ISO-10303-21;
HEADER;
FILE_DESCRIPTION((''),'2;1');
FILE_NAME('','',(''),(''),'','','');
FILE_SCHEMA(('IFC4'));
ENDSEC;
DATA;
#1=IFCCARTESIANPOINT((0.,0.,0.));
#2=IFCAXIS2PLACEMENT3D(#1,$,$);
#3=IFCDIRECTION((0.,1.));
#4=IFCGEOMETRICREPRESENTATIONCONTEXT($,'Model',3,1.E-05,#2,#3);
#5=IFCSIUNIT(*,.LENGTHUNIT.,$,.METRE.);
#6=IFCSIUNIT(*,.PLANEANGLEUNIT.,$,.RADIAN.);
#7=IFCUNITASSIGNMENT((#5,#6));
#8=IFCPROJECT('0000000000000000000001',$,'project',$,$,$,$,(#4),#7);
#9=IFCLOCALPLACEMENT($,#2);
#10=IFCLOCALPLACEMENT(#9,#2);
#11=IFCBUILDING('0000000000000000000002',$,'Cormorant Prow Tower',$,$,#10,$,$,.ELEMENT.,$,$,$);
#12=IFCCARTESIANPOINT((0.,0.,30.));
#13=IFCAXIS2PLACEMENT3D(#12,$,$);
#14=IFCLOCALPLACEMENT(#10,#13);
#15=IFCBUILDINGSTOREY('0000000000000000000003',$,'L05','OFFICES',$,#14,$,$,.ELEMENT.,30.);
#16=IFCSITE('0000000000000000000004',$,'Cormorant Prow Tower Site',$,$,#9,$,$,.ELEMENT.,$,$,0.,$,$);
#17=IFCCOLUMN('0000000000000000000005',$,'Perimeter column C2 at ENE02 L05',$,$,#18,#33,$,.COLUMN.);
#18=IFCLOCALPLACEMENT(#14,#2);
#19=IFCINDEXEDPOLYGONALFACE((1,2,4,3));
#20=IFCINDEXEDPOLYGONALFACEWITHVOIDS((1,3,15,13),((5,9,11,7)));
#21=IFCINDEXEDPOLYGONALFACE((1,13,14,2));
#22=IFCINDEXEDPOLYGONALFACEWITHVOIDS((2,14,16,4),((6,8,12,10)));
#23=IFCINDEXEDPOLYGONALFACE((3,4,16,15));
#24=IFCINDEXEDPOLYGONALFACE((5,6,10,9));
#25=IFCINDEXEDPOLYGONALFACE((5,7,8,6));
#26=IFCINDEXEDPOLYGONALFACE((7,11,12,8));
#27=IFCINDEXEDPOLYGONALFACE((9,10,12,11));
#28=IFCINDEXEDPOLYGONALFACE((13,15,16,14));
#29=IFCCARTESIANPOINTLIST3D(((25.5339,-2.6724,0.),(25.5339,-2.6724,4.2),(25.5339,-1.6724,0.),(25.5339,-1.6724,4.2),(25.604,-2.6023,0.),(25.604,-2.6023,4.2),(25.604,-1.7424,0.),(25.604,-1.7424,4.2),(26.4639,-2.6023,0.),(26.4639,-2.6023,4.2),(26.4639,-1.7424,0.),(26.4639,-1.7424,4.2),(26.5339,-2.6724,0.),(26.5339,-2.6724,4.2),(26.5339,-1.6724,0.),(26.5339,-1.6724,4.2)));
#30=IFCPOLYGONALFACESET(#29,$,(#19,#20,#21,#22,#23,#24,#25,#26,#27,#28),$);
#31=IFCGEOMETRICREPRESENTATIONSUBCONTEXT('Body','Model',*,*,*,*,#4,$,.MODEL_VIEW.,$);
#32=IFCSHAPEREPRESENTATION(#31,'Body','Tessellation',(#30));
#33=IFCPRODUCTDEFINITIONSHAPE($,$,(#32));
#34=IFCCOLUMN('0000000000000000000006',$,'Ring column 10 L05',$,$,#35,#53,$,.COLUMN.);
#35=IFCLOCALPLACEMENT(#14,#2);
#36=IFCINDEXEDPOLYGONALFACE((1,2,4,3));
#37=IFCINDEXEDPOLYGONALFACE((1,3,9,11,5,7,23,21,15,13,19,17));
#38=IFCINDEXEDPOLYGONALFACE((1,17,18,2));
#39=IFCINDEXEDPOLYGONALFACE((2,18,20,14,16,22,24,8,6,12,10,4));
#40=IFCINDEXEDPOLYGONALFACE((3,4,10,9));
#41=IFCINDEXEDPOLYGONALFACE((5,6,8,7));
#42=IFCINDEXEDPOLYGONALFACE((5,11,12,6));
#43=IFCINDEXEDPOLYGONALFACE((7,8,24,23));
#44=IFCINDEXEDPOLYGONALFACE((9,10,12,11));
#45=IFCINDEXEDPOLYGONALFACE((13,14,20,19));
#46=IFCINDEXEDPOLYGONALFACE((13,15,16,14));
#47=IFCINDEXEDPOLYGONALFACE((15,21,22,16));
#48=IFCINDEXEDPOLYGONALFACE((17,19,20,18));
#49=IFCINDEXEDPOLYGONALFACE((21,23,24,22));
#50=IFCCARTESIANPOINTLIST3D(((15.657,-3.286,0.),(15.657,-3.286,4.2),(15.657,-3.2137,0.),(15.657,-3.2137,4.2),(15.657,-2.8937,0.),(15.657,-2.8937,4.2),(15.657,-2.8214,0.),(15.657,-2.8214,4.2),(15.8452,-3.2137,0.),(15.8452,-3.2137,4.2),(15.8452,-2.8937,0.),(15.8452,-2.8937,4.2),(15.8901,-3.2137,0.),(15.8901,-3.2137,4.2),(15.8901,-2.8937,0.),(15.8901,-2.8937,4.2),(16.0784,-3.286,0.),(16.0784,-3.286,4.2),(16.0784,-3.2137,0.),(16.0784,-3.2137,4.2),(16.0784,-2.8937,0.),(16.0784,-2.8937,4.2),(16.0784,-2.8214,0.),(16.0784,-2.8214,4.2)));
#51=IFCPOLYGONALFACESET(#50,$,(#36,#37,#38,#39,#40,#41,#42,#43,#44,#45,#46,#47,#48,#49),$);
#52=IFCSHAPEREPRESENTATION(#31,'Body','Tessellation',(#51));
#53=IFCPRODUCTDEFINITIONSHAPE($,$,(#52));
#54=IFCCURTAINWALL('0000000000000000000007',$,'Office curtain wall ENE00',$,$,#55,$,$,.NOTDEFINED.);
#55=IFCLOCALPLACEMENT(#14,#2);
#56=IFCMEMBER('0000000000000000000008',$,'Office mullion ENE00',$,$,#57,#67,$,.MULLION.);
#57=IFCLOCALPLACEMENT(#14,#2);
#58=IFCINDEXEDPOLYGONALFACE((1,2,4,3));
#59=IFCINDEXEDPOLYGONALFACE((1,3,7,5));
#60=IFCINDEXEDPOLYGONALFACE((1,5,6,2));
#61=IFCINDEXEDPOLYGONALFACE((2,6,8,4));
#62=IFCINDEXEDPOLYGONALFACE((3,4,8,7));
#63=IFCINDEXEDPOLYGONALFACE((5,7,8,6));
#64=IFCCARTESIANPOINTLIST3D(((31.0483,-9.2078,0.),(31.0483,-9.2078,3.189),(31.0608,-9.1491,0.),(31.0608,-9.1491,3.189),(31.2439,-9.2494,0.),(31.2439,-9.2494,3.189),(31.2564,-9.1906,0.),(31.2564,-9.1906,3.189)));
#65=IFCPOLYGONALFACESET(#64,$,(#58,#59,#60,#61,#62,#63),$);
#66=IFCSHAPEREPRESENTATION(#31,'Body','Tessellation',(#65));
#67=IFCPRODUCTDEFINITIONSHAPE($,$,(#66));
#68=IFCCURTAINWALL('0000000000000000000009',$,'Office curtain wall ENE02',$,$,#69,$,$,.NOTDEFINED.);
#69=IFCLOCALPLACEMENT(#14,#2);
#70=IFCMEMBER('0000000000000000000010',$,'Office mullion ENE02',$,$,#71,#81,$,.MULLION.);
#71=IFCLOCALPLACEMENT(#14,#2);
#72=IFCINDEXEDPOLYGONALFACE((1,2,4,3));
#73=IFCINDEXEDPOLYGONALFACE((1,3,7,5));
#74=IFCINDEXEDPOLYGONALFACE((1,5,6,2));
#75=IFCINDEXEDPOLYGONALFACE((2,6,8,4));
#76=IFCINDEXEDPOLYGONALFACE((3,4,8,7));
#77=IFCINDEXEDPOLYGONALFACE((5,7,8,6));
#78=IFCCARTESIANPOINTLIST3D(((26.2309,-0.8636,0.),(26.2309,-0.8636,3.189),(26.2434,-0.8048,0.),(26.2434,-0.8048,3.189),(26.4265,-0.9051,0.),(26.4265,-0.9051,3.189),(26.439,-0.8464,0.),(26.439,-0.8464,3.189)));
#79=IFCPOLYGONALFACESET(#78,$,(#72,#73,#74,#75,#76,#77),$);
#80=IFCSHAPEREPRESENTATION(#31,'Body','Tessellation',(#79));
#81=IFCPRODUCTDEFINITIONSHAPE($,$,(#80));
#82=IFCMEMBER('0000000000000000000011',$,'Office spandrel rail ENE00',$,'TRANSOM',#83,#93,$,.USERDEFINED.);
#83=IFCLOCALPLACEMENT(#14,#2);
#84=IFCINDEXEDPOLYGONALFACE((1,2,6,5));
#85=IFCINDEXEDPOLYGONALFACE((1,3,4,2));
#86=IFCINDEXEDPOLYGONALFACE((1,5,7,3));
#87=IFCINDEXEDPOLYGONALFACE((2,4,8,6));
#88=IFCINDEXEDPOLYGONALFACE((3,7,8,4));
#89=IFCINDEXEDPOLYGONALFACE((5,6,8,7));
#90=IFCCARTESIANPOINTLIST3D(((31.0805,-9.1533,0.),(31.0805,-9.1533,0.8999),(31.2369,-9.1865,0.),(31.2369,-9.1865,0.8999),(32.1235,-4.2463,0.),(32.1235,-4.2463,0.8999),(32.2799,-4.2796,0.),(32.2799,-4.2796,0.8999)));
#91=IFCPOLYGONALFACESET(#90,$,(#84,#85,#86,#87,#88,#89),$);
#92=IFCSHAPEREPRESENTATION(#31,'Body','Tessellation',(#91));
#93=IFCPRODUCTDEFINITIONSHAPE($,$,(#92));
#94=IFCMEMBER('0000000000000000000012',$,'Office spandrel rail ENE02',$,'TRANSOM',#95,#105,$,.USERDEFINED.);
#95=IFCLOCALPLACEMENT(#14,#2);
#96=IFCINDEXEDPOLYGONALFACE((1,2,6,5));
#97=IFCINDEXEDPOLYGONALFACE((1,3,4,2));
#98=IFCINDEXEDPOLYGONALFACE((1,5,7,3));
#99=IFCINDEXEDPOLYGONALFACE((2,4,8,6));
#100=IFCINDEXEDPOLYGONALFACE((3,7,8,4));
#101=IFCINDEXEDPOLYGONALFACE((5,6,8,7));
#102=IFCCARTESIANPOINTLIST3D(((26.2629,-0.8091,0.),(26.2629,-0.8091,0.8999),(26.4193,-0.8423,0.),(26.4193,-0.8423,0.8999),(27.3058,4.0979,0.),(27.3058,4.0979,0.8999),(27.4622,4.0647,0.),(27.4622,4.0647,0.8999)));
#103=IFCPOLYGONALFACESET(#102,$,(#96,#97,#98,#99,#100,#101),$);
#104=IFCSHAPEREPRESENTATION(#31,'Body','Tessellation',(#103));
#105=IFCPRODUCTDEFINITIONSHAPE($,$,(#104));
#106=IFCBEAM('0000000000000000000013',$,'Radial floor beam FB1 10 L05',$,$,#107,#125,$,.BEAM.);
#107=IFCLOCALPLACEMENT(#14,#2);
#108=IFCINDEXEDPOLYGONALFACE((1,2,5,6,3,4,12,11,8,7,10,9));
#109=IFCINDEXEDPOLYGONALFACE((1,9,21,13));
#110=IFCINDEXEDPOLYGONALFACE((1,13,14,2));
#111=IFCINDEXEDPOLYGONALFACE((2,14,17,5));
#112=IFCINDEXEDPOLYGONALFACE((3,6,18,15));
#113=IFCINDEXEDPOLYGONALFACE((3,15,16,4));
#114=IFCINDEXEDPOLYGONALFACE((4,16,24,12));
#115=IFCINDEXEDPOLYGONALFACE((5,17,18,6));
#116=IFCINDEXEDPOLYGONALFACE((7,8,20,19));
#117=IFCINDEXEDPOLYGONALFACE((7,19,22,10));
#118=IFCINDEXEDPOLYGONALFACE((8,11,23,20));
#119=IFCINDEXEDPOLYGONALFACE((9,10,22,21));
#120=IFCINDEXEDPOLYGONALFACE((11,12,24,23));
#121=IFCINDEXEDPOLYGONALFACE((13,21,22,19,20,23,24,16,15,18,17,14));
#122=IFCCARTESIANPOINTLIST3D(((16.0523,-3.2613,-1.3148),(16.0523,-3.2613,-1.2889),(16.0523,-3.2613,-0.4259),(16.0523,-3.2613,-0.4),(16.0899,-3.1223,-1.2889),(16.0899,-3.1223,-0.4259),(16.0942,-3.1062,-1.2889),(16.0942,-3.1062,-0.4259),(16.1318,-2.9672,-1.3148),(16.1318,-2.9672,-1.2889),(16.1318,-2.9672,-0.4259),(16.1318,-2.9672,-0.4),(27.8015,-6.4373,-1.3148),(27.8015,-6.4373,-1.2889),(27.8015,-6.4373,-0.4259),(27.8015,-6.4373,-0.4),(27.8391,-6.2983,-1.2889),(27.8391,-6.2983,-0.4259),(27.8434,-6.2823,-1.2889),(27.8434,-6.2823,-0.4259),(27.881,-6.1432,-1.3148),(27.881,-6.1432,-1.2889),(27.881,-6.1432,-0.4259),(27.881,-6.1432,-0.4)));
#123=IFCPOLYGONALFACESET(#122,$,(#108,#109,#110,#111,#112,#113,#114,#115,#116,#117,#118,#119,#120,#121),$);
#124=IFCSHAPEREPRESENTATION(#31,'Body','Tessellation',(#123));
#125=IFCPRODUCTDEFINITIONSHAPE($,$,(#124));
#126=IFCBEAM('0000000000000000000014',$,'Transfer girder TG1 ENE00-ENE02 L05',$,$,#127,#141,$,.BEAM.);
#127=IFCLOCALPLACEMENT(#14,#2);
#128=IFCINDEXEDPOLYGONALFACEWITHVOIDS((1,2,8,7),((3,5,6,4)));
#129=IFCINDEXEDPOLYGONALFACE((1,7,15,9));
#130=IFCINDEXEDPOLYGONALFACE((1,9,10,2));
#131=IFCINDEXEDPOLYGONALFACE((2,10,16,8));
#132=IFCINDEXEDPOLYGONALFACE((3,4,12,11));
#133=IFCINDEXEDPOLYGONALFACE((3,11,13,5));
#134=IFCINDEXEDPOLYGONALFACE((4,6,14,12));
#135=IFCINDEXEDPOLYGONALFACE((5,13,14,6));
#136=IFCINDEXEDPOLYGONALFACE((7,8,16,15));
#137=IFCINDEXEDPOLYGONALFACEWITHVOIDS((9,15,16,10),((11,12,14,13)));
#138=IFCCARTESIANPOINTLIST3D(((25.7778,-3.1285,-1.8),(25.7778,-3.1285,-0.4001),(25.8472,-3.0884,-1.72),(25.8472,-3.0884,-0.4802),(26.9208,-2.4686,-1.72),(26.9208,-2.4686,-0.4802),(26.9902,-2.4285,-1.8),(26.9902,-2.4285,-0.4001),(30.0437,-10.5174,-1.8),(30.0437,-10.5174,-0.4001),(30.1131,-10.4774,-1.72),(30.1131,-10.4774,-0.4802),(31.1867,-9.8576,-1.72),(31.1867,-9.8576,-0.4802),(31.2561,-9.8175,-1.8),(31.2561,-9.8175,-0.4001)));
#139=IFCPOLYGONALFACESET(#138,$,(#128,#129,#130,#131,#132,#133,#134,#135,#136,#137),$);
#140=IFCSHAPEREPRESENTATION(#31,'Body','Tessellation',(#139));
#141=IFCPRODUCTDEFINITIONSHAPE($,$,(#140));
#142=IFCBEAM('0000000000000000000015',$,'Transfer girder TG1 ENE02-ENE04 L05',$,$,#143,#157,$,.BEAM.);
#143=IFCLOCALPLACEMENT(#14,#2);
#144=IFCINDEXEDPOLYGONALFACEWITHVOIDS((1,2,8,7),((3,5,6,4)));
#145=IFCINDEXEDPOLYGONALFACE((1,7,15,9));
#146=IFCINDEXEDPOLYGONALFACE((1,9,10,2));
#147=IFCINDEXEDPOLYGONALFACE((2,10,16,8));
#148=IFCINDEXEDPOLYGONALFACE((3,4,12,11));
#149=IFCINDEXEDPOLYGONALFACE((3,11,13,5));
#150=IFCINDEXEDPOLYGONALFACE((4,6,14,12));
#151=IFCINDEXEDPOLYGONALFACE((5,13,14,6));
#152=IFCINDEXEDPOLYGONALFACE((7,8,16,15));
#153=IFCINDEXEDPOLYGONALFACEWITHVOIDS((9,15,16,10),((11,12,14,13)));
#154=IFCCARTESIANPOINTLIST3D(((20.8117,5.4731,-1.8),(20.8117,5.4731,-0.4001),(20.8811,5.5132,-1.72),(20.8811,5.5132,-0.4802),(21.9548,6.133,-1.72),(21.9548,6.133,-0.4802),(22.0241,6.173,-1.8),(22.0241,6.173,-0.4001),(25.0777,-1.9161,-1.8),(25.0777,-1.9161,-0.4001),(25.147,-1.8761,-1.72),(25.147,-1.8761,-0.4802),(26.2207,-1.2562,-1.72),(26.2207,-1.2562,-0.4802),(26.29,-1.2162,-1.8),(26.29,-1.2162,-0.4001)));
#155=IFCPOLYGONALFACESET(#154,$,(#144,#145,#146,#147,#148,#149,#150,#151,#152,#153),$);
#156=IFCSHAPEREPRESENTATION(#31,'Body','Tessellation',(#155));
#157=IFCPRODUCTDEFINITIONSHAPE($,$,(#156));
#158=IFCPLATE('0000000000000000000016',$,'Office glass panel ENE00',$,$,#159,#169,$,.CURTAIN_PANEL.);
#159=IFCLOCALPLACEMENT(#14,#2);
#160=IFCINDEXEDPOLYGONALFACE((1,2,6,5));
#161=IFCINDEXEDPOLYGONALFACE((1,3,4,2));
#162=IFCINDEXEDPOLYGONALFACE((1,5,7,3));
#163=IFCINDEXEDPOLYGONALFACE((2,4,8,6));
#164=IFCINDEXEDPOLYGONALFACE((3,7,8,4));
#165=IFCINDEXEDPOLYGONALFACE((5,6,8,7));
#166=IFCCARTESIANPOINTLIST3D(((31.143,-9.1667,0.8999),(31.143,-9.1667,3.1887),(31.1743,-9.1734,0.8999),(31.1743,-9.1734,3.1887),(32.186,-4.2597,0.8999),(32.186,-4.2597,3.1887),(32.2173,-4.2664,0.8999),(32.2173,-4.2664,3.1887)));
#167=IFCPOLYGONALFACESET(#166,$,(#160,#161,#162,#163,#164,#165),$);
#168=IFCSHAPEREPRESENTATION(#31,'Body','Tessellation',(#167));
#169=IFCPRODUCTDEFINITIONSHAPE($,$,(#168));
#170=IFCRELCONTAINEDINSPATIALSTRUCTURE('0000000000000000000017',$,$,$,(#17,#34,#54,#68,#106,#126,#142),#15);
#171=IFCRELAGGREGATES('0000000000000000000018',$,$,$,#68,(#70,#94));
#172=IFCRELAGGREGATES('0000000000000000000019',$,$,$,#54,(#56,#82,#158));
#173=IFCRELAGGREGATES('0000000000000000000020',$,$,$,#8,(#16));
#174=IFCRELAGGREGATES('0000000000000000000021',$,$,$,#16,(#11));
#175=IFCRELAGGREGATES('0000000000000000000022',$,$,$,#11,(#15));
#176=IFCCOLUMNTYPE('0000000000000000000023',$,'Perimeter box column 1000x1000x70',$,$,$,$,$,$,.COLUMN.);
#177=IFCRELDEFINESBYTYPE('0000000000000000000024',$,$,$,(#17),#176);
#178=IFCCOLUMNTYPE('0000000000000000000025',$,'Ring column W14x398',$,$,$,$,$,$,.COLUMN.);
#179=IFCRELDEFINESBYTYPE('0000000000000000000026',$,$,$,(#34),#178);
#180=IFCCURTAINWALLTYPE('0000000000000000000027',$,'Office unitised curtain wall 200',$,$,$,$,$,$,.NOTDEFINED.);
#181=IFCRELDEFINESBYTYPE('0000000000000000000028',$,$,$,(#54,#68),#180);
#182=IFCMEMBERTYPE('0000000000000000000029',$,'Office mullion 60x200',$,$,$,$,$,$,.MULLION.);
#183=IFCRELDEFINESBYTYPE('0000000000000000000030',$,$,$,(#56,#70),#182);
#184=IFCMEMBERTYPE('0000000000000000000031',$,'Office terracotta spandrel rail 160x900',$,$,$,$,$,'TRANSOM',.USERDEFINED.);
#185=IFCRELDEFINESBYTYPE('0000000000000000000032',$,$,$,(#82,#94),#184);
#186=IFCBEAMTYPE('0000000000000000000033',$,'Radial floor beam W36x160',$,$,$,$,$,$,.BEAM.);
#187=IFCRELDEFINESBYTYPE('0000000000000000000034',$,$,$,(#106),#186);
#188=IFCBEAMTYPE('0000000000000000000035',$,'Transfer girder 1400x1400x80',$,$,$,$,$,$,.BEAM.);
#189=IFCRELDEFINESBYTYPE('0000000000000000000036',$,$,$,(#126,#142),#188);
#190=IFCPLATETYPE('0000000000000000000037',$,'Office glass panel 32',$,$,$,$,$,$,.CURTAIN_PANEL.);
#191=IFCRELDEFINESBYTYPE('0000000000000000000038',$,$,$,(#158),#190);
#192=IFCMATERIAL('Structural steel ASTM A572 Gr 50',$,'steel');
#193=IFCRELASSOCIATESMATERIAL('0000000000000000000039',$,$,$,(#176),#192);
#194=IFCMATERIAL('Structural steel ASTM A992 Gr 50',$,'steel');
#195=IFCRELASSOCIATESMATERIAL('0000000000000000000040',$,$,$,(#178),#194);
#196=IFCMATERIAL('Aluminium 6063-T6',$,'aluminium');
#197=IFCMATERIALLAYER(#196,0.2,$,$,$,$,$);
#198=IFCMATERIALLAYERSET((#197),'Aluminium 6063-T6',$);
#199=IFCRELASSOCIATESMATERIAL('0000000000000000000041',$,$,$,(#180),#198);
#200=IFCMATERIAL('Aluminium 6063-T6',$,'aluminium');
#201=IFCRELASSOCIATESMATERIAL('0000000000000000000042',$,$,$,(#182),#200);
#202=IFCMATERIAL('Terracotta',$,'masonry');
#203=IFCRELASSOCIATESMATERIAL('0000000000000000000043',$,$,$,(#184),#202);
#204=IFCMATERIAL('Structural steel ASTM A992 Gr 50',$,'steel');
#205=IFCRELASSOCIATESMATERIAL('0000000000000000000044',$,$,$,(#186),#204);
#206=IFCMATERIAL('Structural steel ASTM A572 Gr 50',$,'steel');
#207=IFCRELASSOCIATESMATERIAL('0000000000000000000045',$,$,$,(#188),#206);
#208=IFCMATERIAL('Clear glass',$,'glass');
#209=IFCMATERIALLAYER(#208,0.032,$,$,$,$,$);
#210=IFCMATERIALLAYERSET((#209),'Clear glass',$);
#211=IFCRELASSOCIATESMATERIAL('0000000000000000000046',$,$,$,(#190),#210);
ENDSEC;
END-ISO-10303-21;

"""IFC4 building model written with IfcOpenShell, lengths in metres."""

from ifc_helpers import new_model, si_unit, direction, frame, origin, origin_2d, place, context, subcontext, project, spatial, rectangle, hollow_rectangle, i_section, extrude, material, layer, layer_set, material_profile, profile_set, type_object, element, aggregate, save


model = new_model("IFC4")

# Units and contexts
model_context = context("Model", 3, precision=1e-05, world=origin(), true_north=direction((0.0, 1.0)))
body_context = subcontext(model_context, "Body", "Model", "MODEL_VIEW")
ifc_project = project(units=[si_unit("LENGTHUNIT", "METRE"), si_unit("PLANEANGLEUNIT", "RADIAN")], contexts=[model_context])

# Site, building, storey
site_placement = place(None, origin())
site = spatial("IfcSite", under=ifc_project, at=site_placement, Name="Cormorant Prow Tower Site", CompositionType="ELEMENT", RefElevation=0.0)
building_placement = place(site_placement, origin())
building = spatial("IfcBuilding", under=site, at=building_placement, Name="Cormorant Prow Tower", CompositionType="ELEMENT")
storey_placement = place(building_placement, frame((0.0, 0.0, 30.0)))
storey = spatial("IfcBuildingStorey", under=building, at=storey_placement, Name="L05", Description="OFFICES", CompositionType="ELEMENT", Elevation=30.0)

# Columns
ifc_material_1 = material(Name="Structural steel ASTM A572 Gr 50", Category="steel")
ifc_material_profile_1 = material_profile(ifc_material_1, hollow_rectangle(XDim=1.0, YDim=1.0, WallThickness=0.0701, at=origin_2d()), Name="Box 1000x1000x70")
ifc_profile_set_1 = profile_set([ifc_material_profile_1], Name="Structural steel ASTM A572 Gr 50")
column_type_1 = type_object("IfcColumnType", Name="Perimeter box column 1000x1000x70", PredefinedType="COLUMN", material=ifc_profile_set_1)
column_1_placement = place(storey_placement, frame((26.0339, -2.1724, 0.0), z_axis=(0.0, 0.0, 1.0), x_axis=(1.0, 0.0, 0.0)))
element("IfcColumn", 1, at=column_1_placement, inside=storey, type_object=column_type_1, Name="Perimeter column C2 at ENE02 L05", PredefinedType="COLUMN", context=body_context, shape_type="SweptSolid", body=[
    extrude(hollow_rectangle(XDim=1.0, YDim=1.0, WallThickness=0.0701, at=origin_2d()), origin(), (0.0, 0.0, 1.0), 4.2),
])
ifc_material_2 = material(Name="Structural steel ASTM A992 Gr 50", Category="steel")
ifc_material_profile_2 = material_profile(ifc_material_2, i_section(OverallWidth=0.4214, OverallDepth=0.4646, WebThickness=0.0449, FlangeThickness=0.0723, at=origin_2d()), Name="W14x398")
ifc_profile_set_2 = profile_set([ifc_material_profile_2], Name="Structural steel ASTM A992 Gr 50")
column_type_2 = type_object("IfcColumnType", Name="Ring column W14x398", PredefinedType="COLUMN", material=ifc_profile_set_2)
column_2_placement = place(storey_placement, frame((15.8677, -3.0537, 0.0), z_axis=(0.0, 0.0, 1.0), x_axis=(1.0, 0.0, 0.0)))
element("IfcColumn", 2, at=column_2_placement, inside=storey, type_object=column_type_2, Name="Ring column 10 L05", PredefinedType="COLUMN", context=body_context, shape_type="SweptSolid", body=[
    extrude(i_section(OverallWidth=0.4214, OverallDepth=0.4646, WebThickness=0.0449, FlangeThickness=0.0723, at=origin_2d()), origin(), (0.0, 0.0, 1.0), 4.2),
])

# Curtain walls, members
ifc_material_3 = material(Name="Aluminium 6063-T6", Category="aluminium")
ifc_layer_1 = layer(ifc_material_3, 0.2)
ifc_layer_set_1 = layer_set([ifc_layer_1], Name="Aluminium 6063-T6")
curtain_wall_type = type_object("IfcCurtainWallType", Name="Office unitised curtain wall 200", PredefinedType="NOTDEFINED", material=ifc_layer_set_1)
curtain_wall_1_placement = place(storey_placement, origin())
curtain_wall_1 = element("IfcCurtainWall", 3, at=curtain_wall_1_placement, inside=storey, type_object=curtain_wall_type, Name="Office curtain wall ENE00", PredefinedType="NOTDEFINED")
ifc_material_4 = material(Name="Aluminium 6063-T6", Category="aluminium")
ifc_material_profile_3 = material_profile(ifc_material_4, rectangle(XDim=0.2, YDim=0.0601, at=origin_2d()), Name="Office mullion 60x200")
ifc_profile_set_3 = profile_set([ifc_material_profile_3], Name="Aluminium 6063-T6")
member_type_1 = type_object("IfcMemberType", Name="Office mullion 60x200", PredefinedType="MULLION", material=ifc_profile_set_3)
member_1_placement = place(storey_placement, frame((31.1523, -9.1992, 0.0), z_axis=(0.0, 0.0, 1.0), x_axis=(-0.978148, 0.207912, 0.0)))
member_1 = element("IfcMember", 4, at=member_1_placement, type_object=member_type_1, Name="Office mullion ENE00", PredefinedType="MULLION", context=body_context, shape_type="SweptSolid", body=[
    extrude(rectangle(XDim=0.2, YDim=0.0601, at=origin_2d()), origin(), (0.0, 0.0, 1.0), 3.189),
])
curtain_wall_2_placement = place(storey_placement, origin())
curtain_wall_2 = element("IfcCurtainWall", 5, at=curtain_wall_2_placement, inside=storey, type_object=curtain_wall_type, Name="Office curtain wall ENE02", PredefinedType="NOTDEFINED")
member_2_placement = place(storey_placement, frame((26.335, -0.855, 0.0), z_axis=(0.0, 0.0, 1.0), x_axis=(-0.978148, 0.207912, 0.0)))
member_2 = element("IfcMember", 6, at=member_2_placement, type_object=member_type_1, Name="Office mullion ENE02", PredefinedType="MULLION", context=body_context, shape_type="SweptSolid", body=[
    extrude(rectangle(XDim=0.2, YDim=0.0601, at=origin_2d()), origin(), (0.0, 0.0, 1.0), 3.189),
])

# Members
ifc_material_5 = material(Name="Terracotta", Category="masonry")
ifc_material_profile_4 = material_profile(ifc_material_5, rectangle(XDim=0.1599, YDim=0.8999, at=origin_2d()), Name="Office terracotta spandrel rail 160x900")
ifc_profile_set_4 = profile_set([ifc_material_profile_4], Name="Terracotta")
member_type_2 = type_object("IfcMemberType", Name="Office terracotta spandrel rail 160x900", ElementType="TRANSOM", PredefinedType="USERDEFINED", material=ifc_profile_set_4)
member_3_placement = place(storey_placement, frame((31.1587, -9.1699, 0.45), z_axis=(0.207904, 0.978149, 0.0), x_axis=(-0.978149, 0.207904, 0.0)))
member_3 = element("IfcMember", 7, at=member_3_placement, type_object=member_type_2, Name="Office spandrel rail ENE00", ObjectType="TRANSOM", PredefinedType="USERDEFINED", context=body_context, shape_type="SweptSolid", body=[
    extrude(rectangle(XDim=0.1599, YDim=0.8999, at=origin_2d()), origin(), (0.0, 0.0, 1.0), 5.0166),
])
member_4_placement = place(storey_placement, frame((26.3411, -0.8257, 0.45), z_axis=(0.207904, 0.978149, 0.0), x_axis=(-0.978149, 0.207904, 0.0)))
member_4 = element("IfcMember", 8, at=member_4_placement, type_object=member_type_2, Name="Office spandrel rail ENE02", ObjectType="TRANSOM", PredefinedType="USERDEFINED", context=body_context, shape_type="SweptSolid", body=[
    extrude(rectangle(XDim=0.1599, YDim=0.8999, at=origin_2d()), origin(), (0.0, 0.0, 1.0), 5.0166),
])
aggregate(curtain_wall_2, [member_2, member_4])

# Beams
ifc_material_6 = material(Name="Structural steel ASTM A992 Gr 50", Category="steel")
ifc_material_profile_5 = material_profile(ifc_material_6, i_section(OverallWidth=0.3047, OverallDepth=0.9148, WebThickness=0.0166, FlangeThickness=0.0259, at=origin_2d()), Name="W36x160")
ifc_profile_set_5 = profile_set([ifc_material_profile_5], Name="Structural steel ASTM A992 Gr 50")
beam_type_1 = type_object("IfcBeamType", Name="Radial floor beam W36x160", PredefinedType="BEAM", material=ifc_profile_set_5)
beam_1_placement = place(storey_placement, frame((16.092, -3.1143, -0.8574), z_axis=(0.965352, -0.260951, 0.0), x_axis=(0.260951, 0.965352, 0.0)))
element("IfcBeam", 9, at=beam_1_placement, inside=storey, type_object=beam_type_1, Name="Radial floor beam FB1 10 L05", PredefinedType="BEAM", context=body_context, shape_type="SweptSolid", body=[
    extrude(i_section(OverallWidth=0.3047, OverallDepth=0.9148, WebThickness=0.0166, FlangeThickness=0.0259, at=origin_2d()), origin(), (0.0, 0.0, 1.0), 12.1709),
])
ifc_material_7 = material(Name="Structural steel ASTM A572 Gr 50", Category="steel")
ifc_material_profile_6 = material_profile(ifc_material_7, hollow_rectangle(XDim=1.3999, YDim=1.3999, WallThickness=0.0801, at=origin_2d()), Name="Box 1400x1400x80")
ifc_profile_set_6 = profile_set([ifc_material_profile_6], Name="Structural steel ASTM A572 Gr 50")
beam_type_2 = type_object("IfcBeamType", Name="Transfer girder 1400x1400x80", PredefinedType="BEAM", material=ifc_profile_set_6)
beam_2_placement = place(storey_placement, frame((30.6499, -10.1675, -1.1001), z_axis=(-0.499989, 0.866032, 0.0), x_axis=(-0.866032, -0.499989, 0.0)))
element("IfcBeam", 10, at=beam_2_placement, inside=storey, type_object=beam_type_2, Name="Transfer girder TG1 ENE00-ENE02 L05", PredefinedType="BEAM", context=body_context, shape_type="SweptSolid", body=[
    extrude(hollow_rectangle(XDim=1.3999, YDim=1.3999, WallThickness=0.0801, at=origin_2d()), origin(), (0.0, 0.0, 1.0), 8.532),
])
beam_3_placement = place(storey_placement, frame((25.6838, -1.5662, -1.1001), z_axis=(-0.499977, 0.866039, 0.0), x_axis=(-0.866039, -0.499977, 0.0)))
element("IfcBeam", 11, at=beam_3_placement, inside=storey, type_object=beam_type_2, Name="Transfer girder TG1 ENE02-ENE04 L05", PredefinedType="BEAM", context=body_context, shape_type="SweptSolid", body=[
    extrude(hollow_rectangle(XDim=1.3999, YDim=1.3999, WallThickness=0.0801, at=origin_2d()), origin(), (0.0, 0.0, 1.0), 8.5322),
])

# Plate
ifc_material_8 = material(Name="Clear glass", Category="glass")
ifc_layer_2 = layer(ifc_material_8, 0.032)
ifc_layer_set_2 = layer_set([ifc_layer_2], Name="Clear glass")
plate_type = type_object("IfcPlateType", Name="Office glass panel 32", PredefinedType="CURTAIN_PANEL", material=ifc_layer_set_2)
plate_placement = place(storey_placement, frame((31.6802, -6.7166, 0.8999), z_axis=(0.0, 0.0, 1.0), x_axis=(0.207912, 0.978148, 0.0)))
plate = element("IfcPlate", 12, at=plate_placement, type_object=plate_type, Name="Office glass panel ENE00", PredefinedType="CURTAIN_PANEL", context=body_context, shape_type="SweptSolid", body=[
    extrude(rectangle(XDim=5.0166, YDim=0.032, at=origin_2d()), origin(), (0.0, 0.0, 1.0), 2.2888),
])
aggregate(curtain_wall_1, [member_1, member_3, plate])

save(model, "model.ifc")
